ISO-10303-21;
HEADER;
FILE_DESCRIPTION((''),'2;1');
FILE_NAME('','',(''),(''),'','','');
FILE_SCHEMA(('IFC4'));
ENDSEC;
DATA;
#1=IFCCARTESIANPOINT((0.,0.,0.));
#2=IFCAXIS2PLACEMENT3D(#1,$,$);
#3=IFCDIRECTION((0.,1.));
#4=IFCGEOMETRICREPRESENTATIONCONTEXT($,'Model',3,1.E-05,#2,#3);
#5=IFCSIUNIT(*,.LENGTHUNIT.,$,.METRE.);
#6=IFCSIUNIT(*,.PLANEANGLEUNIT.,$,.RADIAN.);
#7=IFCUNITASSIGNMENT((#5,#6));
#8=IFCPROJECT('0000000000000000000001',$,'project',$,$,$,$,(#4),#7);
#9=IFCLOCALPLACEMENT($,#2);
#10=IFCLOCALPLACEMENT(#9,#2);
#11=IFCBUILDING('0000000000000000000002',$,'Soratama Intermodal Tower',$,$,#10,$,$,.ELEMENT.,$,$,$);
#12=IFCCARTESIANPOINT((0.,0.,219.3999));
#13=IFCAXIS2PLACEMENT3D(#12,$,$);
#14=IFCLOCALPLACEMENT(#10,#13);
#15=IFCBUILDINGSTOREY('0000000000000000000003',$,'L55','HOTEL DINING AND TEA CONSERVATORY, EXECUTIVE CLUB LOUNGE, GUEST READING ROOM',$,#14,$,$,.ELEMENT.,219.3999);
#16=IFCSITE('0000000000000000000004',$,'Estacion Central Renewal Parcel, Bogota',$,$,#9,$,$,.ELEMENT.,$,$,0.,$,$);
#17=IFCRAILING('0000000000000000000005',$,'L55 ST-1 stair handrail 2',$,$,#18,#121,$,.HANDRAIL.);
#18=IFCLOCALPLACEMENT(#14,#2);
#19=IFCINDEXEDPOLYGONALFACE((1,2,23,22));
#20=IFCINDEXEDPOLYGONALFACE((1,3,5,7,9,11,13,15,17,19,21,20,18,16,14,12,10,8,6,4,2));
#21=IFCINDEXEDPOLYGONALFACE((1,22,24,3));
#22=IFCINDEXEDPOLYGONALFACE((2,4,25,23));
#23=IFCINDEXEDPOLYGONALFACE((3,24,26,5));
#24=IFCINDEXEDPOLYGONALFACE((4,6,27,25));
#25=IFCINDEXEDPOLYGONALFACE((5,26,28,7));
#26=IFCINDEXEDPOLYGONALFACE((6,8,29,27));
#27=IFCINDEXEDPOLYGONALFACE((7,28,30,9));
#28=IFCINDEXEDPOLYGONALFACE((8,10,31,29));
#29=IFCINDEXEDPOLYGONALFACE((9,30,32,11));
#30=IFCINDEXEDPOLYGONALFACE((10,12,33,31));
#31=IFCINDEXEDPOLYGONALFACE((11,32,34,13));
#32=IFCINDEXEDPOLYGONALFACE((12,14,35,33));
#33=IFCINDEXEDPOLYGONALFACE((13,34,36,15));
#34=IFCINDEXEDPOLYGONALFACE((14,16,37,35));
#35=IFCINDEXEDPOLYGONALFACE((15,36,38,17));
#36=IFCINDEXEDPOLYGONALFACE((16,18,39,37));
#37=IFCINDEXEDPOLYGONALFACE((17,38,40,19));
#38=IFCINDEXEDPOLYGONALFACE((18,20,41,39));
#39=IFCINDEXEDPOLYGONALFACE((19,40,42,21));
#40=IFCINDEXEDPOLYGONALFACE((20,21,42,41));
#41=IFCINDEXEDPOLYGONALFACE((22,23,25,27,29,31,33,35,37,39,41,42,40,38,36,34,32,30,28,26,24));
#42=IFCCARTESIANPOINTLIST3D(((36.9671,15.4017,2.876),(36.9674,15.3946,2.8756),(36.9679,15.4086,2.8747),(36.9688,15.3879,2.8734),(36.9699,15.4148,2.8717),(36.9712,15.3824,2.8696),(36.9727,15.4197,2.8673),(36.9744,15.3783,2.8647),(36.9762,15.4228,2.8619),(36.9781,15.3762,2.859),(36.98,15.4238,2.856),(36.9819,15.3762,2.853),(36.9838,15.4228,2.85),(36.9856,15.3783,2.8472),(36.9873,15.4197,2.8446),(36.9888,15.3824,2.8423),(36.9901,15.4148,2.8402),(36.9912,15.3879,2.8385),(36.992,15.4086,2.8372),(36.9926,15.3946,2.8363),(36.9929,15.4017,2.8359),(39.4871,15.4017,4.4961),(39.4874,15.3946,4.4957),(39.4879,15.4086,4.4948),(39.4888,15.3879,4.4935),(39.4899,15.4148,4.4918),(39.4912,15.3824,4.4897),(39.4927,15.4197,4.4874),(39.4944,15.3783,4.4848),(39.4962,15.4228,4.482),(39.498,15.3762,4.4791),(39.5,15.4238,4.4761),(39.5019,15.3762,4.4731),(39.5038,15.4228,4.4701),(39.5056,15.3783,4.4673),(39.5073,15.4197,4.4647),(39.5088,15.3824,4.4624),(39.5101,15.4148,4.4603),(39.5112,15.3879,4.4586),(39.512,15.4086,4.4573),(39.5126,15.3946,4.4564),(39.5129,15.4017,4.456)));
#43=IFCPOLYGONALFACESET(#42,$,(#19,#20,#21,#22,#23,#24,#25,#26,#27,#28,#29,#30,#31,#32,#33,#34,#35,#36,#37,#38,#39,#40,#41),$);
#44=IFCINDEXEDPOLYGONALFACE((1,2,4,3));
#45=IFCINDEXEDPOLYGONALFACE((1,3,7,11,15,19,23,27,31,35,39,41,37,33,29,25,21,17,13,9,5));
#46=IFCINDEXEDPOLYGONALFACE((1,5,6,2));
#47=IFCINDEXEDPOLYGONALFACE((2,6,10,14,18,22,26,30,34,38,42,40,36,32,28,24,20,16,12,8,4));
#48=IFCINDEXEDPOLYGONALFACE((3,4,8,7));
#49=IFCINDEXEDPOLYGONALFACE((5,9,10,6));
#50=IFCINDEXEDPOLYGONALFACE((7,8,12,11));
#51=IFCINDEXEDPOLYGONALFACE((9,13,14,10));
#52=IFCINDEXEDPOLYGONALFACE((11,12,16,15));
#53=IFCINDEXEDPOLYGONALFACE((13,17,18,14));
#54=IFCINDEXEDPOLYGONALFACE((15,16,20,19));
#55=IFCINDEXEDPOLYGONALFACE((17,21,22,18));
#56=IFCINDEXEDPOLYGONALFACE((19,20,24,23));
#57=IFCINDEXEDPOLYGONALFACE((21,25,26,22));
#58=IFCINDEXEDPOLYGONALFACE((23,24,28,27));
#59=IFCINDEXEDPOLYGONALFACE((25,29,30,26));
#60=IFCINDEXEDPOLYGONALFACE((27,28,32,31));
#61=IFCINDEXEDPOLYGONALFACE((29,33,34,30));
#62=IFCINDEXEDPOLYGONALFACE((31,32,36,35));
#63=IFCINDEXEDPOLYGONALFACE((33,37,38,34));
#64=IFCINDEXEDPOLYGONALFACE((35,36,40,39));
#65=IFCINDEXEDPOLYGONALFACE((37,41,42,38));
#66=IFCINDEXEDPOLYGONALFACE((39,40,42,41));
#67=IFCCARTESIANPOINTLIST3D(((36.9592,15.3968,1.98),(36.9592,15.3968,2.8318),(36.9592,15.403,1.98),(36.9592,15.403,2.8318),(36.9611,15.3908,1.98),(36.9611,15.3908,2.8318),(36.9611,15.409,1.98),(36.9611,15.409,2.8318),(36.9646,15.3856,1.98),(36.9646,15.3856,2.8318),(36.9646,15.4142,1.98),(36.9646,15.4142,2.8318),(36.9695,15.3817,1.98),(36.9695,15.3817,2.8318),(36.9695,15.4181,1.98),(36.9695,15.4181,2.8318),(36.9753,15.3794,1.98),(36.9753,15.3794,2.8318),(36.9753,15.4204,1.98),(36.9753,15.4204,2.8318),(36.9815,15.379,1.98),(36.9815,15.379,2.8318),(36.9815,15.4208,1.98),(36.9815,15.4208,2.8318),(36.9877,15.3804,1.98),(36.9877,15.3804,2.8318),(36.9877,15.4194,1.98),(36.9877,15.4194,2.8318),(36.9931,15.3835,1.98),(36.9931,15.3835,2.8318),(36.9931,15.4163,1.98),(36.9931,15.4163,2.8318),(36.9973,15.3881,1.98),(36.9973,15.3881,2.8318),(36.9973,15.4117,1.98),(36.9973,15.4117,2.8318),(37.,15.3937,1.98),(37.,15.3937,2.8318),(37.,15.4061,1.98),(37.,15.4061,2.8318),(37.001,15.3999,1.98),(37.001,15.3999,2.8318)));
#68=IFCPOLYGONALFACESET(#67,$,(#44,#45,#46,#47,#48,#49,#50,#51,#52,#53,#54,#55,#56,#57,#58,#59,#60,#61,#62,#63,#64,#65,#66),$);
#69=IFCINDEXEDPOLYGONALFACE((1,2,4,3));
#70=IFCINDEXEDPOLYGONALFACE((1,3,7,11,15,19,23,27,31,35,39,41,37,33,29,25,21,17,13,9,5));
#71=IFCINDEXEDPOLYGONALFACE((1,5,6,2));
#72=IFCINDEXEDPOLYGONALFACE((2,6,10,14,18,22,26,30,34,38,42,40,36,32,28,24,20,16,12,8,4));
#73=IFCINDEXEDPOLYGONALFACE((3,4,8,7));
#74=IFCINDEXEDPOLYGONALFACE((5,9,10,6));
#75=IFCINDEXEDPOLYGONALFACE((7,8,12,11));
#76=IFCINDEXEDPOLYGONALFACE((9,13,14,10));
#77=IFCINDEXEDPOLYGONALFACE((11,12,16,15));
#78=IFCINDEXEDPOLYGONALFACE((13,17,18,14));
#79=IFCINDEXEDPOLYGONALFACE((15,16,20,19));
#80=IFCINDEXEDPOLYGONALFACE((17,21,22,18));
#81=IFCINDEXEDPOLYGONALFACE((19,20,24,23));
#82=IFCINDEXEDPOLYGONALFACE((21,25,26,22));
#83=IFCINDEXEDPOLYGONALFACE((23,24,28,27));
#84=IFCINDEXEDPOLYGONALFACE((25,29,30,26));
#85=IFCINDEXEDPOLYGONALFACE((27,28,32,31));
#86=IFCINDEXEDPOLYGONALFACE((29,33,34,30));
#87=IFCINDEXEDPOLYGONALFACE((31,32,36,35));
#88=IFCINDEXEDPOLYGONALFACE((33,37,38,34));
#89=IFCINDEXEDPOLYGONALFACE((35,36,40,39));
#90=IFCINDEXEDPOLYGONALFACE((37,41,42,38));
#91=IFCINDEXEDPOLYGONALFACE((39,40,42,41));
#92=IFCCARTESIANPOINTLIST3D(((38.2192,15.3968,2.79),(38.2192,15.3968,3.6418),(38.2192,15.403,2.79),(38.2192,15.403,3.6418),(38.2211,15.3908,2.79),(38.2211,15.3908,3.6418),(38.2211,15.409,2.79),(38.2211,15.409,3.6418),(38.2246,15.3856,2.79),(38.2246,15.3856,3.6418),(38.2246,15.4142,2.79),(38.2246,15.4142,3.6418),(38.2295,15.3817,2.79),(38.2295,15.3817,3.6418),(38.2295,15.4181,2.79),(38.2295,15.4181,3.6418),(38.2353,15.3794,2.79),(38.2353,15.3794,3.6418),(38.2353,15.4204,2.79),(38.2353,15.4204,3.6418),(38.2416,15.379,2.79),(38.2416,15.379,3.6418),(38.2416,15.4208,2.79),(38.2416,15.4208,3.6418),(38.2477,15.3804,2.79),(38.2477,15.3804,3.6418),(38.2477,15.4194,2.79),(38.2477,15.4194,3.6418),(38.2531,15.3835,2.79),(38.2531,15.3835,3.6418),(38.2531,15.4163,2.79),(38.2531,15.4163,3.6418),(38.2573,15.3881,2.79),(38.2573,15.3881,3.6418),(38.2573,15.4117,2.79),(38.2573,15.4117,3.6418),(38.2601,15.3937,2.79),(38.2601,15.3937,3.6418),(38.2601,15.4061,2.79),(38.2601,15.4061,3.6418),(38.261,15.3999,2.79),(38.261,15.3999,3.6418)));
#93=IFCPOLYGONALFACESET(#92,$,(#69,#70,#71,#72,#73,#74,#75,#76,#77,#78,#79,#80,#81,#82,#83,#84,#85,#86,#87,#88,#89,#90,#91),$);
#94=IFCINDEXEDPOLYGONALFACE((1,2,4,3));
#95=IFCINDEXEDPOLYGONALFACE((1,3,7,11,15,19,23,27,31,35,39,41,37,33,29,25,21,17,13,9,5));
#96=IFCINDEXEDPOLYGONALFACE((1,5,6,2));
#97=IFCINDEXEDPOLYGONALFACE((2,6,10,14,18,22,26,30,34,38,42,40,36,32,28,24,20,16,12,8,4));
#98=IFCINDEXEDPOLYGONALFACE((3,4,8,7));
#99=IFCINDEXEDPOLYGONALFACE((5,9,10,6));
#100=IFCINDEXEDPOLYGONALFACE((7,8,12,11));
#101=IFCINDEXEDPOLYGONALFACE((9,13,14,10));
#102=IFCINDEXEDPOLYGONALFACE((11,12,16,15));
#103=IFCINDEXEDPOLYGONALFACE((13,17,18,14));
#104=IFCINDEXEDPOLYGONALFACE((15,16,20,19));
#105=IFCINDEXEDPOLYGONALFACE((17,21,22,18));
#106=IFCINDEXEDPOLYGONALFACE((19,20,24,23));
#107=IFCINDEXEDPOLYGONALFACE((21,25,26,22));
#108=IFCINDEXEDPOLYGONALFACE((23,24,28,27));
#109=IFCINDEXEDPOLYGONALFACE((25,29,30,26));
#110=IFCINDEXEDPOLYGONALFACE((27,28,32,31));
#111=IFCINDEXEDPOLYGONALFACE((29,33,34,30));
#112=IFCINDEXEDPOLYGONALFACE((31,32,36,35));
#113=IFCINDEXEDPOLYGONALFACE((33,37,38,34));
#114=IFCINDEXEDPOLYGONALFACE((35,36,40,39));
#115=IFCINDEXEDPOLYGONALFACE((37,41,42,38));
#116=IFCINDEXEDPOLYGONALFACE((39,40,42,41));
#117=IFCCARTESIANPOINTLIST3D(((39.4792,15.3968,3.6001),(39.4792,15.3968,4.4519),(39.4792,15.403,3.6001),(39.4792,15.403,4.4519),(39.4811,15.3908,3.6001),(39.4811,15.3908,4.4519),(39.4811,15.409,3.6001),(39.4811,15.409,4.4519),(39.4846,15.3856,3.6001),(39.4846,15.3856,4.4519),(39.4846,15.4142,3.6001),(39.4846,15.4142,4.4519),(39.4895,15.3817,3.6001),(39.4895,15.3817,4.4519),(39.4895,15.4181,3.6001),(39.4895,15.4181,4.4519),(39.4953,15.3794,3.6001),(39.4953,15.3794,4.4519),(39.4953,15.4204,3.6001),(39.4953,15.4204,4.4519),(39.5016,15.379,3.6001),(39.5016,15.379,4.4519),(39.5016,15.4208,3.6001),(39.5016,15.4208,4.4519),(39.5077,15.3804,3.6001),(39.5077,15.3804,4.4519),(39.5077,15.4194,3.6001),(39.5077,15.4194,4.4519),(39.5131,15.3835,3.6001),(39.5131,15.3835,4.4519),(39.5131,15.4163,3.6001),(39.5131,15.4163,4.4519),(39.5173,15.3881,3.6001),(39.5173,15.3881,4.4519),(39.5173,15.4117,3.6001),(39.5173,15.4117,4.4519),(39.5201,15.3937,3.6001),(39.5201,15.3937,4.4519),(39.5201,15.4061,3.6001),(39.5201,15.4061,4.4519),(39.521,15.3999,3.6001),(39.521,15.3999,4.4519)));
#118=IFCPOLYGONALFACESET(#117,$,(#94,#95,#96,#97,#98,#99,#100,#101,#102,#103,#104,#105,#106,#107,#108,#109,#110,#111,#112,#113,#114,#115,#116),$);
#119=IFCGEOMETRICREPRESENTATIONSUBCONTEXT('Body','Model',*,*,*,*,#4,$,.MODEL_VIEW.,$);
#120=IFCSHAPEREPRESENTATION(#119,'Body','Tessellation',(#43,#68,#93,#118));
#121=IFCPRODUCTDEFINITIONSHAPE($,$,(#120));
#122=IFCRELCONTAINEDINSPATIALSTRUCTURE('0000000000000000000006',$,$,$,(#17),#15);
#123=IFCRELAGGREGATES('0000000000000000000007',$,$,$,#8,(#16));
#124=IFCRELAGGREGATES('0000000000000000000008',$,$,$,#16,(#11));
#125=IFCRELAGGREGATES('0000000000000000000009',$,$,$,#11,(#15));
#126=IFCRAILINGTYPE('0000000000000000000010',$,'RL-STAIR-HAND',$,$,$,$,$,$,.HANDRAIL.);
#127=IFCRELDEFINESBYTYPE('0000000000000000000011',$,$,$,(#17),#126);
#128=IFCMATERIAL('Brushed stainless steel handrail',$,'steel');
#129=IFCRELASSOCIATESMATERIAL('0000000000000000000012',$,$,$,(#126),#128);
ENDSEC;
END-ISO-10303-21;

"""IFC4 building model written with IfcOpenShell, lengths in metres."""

from ifc_helpers import new_model, si_unit, direction, frame, origin, origin_2d, place, context, subcontext, project, spatial, circle, extrude, material, type_object, element, save


model = new_model("IFC4")

# Units and contexts
model_context = context("Model", 3, precision=1e-05, world=origin(), true_north=direction((0.0, 1.0)))
body_context = subcontext(model_context, "Body", "Model", "MODEL_VIEW")
ifc_project = project(units=[si_unit("LENGTHUNIT", "METRE"), si_unit("PLANEANGLEUNIT", "RADIAN")], contexts=[model_context])

# Site, building, storey
site_placement = place(None, origin())
site = spatial("IfcSite", under=ifc_project, at=site_placement, Name="Estacion Central Renewal Parcel, Bogota", CompositionType="ELEMENT", RefElevation=0.0)
building_placement = place(site_placement, origin())
building = spatial("IfcBuilding", under=site, at=building_placement, Name="Soratama Intermodal Tower", CompositionType="ELEMENT")
storey_placement = place(building_placement, frame((0.0, 0.0, 219.3999)))
storey = spatial("IfcBuildingStorey", under=building, at=storey_placement, Name="L55", Description="HOTEL DINING AND TEA CONSERVATORY, EXECUTIVE CLUB LOUNGE, GUEST READING ROOM", CompositionType="ELEMENT", Elevation=219.3999)

# Railing
ifc_material_1 = material(Name="Brushed stainless steel handrail", Category="steel")
railing_type_1 = type_object("IfcRailingType", Name="RL-STAIR-HAND", PredefinedType="HANDRAIL", material=ifc_material_1)
railing_1_placement = place(storey_placement, frame((36.98, 15.3999, 1.98)))
element("IfcRailing", 1, at=railing_1_placement, inside=storey, type_object=railing_type_1, Name="L55 ST-1 stair handrail 2", PredefinedType="HANDRAIL", context=body_context, shape_type="SweptSolid", body=[
    extrude(circle(Radius=0.0239, at=origin_2d()), frame((0.0, 0.0, 0.876), z_axis=(0.841163, 0.0, 0.540782), x_axis=(0.0, 1.0, 0.0)), (0.0, 0.0, 1.0), 2.9958),
    extrude(circle(Radius=0.021, at=origin_2d()), origin(), (0.0, 0.0, 1.0), 0.8518),
    extrude(circle(Radius=0.021, at=origin_2d()), frame((1.26, 0.0, 0.8101)), (0.0, 0.0, 1.0), 0.8518),
    extrude(circle(Radius=0.021, at=origin_2d()), frame((2.52, 0.0, 1.6201)), (0.0, 0.0, 1.0), 0.8518),
])

save(model, "model.ifc")
